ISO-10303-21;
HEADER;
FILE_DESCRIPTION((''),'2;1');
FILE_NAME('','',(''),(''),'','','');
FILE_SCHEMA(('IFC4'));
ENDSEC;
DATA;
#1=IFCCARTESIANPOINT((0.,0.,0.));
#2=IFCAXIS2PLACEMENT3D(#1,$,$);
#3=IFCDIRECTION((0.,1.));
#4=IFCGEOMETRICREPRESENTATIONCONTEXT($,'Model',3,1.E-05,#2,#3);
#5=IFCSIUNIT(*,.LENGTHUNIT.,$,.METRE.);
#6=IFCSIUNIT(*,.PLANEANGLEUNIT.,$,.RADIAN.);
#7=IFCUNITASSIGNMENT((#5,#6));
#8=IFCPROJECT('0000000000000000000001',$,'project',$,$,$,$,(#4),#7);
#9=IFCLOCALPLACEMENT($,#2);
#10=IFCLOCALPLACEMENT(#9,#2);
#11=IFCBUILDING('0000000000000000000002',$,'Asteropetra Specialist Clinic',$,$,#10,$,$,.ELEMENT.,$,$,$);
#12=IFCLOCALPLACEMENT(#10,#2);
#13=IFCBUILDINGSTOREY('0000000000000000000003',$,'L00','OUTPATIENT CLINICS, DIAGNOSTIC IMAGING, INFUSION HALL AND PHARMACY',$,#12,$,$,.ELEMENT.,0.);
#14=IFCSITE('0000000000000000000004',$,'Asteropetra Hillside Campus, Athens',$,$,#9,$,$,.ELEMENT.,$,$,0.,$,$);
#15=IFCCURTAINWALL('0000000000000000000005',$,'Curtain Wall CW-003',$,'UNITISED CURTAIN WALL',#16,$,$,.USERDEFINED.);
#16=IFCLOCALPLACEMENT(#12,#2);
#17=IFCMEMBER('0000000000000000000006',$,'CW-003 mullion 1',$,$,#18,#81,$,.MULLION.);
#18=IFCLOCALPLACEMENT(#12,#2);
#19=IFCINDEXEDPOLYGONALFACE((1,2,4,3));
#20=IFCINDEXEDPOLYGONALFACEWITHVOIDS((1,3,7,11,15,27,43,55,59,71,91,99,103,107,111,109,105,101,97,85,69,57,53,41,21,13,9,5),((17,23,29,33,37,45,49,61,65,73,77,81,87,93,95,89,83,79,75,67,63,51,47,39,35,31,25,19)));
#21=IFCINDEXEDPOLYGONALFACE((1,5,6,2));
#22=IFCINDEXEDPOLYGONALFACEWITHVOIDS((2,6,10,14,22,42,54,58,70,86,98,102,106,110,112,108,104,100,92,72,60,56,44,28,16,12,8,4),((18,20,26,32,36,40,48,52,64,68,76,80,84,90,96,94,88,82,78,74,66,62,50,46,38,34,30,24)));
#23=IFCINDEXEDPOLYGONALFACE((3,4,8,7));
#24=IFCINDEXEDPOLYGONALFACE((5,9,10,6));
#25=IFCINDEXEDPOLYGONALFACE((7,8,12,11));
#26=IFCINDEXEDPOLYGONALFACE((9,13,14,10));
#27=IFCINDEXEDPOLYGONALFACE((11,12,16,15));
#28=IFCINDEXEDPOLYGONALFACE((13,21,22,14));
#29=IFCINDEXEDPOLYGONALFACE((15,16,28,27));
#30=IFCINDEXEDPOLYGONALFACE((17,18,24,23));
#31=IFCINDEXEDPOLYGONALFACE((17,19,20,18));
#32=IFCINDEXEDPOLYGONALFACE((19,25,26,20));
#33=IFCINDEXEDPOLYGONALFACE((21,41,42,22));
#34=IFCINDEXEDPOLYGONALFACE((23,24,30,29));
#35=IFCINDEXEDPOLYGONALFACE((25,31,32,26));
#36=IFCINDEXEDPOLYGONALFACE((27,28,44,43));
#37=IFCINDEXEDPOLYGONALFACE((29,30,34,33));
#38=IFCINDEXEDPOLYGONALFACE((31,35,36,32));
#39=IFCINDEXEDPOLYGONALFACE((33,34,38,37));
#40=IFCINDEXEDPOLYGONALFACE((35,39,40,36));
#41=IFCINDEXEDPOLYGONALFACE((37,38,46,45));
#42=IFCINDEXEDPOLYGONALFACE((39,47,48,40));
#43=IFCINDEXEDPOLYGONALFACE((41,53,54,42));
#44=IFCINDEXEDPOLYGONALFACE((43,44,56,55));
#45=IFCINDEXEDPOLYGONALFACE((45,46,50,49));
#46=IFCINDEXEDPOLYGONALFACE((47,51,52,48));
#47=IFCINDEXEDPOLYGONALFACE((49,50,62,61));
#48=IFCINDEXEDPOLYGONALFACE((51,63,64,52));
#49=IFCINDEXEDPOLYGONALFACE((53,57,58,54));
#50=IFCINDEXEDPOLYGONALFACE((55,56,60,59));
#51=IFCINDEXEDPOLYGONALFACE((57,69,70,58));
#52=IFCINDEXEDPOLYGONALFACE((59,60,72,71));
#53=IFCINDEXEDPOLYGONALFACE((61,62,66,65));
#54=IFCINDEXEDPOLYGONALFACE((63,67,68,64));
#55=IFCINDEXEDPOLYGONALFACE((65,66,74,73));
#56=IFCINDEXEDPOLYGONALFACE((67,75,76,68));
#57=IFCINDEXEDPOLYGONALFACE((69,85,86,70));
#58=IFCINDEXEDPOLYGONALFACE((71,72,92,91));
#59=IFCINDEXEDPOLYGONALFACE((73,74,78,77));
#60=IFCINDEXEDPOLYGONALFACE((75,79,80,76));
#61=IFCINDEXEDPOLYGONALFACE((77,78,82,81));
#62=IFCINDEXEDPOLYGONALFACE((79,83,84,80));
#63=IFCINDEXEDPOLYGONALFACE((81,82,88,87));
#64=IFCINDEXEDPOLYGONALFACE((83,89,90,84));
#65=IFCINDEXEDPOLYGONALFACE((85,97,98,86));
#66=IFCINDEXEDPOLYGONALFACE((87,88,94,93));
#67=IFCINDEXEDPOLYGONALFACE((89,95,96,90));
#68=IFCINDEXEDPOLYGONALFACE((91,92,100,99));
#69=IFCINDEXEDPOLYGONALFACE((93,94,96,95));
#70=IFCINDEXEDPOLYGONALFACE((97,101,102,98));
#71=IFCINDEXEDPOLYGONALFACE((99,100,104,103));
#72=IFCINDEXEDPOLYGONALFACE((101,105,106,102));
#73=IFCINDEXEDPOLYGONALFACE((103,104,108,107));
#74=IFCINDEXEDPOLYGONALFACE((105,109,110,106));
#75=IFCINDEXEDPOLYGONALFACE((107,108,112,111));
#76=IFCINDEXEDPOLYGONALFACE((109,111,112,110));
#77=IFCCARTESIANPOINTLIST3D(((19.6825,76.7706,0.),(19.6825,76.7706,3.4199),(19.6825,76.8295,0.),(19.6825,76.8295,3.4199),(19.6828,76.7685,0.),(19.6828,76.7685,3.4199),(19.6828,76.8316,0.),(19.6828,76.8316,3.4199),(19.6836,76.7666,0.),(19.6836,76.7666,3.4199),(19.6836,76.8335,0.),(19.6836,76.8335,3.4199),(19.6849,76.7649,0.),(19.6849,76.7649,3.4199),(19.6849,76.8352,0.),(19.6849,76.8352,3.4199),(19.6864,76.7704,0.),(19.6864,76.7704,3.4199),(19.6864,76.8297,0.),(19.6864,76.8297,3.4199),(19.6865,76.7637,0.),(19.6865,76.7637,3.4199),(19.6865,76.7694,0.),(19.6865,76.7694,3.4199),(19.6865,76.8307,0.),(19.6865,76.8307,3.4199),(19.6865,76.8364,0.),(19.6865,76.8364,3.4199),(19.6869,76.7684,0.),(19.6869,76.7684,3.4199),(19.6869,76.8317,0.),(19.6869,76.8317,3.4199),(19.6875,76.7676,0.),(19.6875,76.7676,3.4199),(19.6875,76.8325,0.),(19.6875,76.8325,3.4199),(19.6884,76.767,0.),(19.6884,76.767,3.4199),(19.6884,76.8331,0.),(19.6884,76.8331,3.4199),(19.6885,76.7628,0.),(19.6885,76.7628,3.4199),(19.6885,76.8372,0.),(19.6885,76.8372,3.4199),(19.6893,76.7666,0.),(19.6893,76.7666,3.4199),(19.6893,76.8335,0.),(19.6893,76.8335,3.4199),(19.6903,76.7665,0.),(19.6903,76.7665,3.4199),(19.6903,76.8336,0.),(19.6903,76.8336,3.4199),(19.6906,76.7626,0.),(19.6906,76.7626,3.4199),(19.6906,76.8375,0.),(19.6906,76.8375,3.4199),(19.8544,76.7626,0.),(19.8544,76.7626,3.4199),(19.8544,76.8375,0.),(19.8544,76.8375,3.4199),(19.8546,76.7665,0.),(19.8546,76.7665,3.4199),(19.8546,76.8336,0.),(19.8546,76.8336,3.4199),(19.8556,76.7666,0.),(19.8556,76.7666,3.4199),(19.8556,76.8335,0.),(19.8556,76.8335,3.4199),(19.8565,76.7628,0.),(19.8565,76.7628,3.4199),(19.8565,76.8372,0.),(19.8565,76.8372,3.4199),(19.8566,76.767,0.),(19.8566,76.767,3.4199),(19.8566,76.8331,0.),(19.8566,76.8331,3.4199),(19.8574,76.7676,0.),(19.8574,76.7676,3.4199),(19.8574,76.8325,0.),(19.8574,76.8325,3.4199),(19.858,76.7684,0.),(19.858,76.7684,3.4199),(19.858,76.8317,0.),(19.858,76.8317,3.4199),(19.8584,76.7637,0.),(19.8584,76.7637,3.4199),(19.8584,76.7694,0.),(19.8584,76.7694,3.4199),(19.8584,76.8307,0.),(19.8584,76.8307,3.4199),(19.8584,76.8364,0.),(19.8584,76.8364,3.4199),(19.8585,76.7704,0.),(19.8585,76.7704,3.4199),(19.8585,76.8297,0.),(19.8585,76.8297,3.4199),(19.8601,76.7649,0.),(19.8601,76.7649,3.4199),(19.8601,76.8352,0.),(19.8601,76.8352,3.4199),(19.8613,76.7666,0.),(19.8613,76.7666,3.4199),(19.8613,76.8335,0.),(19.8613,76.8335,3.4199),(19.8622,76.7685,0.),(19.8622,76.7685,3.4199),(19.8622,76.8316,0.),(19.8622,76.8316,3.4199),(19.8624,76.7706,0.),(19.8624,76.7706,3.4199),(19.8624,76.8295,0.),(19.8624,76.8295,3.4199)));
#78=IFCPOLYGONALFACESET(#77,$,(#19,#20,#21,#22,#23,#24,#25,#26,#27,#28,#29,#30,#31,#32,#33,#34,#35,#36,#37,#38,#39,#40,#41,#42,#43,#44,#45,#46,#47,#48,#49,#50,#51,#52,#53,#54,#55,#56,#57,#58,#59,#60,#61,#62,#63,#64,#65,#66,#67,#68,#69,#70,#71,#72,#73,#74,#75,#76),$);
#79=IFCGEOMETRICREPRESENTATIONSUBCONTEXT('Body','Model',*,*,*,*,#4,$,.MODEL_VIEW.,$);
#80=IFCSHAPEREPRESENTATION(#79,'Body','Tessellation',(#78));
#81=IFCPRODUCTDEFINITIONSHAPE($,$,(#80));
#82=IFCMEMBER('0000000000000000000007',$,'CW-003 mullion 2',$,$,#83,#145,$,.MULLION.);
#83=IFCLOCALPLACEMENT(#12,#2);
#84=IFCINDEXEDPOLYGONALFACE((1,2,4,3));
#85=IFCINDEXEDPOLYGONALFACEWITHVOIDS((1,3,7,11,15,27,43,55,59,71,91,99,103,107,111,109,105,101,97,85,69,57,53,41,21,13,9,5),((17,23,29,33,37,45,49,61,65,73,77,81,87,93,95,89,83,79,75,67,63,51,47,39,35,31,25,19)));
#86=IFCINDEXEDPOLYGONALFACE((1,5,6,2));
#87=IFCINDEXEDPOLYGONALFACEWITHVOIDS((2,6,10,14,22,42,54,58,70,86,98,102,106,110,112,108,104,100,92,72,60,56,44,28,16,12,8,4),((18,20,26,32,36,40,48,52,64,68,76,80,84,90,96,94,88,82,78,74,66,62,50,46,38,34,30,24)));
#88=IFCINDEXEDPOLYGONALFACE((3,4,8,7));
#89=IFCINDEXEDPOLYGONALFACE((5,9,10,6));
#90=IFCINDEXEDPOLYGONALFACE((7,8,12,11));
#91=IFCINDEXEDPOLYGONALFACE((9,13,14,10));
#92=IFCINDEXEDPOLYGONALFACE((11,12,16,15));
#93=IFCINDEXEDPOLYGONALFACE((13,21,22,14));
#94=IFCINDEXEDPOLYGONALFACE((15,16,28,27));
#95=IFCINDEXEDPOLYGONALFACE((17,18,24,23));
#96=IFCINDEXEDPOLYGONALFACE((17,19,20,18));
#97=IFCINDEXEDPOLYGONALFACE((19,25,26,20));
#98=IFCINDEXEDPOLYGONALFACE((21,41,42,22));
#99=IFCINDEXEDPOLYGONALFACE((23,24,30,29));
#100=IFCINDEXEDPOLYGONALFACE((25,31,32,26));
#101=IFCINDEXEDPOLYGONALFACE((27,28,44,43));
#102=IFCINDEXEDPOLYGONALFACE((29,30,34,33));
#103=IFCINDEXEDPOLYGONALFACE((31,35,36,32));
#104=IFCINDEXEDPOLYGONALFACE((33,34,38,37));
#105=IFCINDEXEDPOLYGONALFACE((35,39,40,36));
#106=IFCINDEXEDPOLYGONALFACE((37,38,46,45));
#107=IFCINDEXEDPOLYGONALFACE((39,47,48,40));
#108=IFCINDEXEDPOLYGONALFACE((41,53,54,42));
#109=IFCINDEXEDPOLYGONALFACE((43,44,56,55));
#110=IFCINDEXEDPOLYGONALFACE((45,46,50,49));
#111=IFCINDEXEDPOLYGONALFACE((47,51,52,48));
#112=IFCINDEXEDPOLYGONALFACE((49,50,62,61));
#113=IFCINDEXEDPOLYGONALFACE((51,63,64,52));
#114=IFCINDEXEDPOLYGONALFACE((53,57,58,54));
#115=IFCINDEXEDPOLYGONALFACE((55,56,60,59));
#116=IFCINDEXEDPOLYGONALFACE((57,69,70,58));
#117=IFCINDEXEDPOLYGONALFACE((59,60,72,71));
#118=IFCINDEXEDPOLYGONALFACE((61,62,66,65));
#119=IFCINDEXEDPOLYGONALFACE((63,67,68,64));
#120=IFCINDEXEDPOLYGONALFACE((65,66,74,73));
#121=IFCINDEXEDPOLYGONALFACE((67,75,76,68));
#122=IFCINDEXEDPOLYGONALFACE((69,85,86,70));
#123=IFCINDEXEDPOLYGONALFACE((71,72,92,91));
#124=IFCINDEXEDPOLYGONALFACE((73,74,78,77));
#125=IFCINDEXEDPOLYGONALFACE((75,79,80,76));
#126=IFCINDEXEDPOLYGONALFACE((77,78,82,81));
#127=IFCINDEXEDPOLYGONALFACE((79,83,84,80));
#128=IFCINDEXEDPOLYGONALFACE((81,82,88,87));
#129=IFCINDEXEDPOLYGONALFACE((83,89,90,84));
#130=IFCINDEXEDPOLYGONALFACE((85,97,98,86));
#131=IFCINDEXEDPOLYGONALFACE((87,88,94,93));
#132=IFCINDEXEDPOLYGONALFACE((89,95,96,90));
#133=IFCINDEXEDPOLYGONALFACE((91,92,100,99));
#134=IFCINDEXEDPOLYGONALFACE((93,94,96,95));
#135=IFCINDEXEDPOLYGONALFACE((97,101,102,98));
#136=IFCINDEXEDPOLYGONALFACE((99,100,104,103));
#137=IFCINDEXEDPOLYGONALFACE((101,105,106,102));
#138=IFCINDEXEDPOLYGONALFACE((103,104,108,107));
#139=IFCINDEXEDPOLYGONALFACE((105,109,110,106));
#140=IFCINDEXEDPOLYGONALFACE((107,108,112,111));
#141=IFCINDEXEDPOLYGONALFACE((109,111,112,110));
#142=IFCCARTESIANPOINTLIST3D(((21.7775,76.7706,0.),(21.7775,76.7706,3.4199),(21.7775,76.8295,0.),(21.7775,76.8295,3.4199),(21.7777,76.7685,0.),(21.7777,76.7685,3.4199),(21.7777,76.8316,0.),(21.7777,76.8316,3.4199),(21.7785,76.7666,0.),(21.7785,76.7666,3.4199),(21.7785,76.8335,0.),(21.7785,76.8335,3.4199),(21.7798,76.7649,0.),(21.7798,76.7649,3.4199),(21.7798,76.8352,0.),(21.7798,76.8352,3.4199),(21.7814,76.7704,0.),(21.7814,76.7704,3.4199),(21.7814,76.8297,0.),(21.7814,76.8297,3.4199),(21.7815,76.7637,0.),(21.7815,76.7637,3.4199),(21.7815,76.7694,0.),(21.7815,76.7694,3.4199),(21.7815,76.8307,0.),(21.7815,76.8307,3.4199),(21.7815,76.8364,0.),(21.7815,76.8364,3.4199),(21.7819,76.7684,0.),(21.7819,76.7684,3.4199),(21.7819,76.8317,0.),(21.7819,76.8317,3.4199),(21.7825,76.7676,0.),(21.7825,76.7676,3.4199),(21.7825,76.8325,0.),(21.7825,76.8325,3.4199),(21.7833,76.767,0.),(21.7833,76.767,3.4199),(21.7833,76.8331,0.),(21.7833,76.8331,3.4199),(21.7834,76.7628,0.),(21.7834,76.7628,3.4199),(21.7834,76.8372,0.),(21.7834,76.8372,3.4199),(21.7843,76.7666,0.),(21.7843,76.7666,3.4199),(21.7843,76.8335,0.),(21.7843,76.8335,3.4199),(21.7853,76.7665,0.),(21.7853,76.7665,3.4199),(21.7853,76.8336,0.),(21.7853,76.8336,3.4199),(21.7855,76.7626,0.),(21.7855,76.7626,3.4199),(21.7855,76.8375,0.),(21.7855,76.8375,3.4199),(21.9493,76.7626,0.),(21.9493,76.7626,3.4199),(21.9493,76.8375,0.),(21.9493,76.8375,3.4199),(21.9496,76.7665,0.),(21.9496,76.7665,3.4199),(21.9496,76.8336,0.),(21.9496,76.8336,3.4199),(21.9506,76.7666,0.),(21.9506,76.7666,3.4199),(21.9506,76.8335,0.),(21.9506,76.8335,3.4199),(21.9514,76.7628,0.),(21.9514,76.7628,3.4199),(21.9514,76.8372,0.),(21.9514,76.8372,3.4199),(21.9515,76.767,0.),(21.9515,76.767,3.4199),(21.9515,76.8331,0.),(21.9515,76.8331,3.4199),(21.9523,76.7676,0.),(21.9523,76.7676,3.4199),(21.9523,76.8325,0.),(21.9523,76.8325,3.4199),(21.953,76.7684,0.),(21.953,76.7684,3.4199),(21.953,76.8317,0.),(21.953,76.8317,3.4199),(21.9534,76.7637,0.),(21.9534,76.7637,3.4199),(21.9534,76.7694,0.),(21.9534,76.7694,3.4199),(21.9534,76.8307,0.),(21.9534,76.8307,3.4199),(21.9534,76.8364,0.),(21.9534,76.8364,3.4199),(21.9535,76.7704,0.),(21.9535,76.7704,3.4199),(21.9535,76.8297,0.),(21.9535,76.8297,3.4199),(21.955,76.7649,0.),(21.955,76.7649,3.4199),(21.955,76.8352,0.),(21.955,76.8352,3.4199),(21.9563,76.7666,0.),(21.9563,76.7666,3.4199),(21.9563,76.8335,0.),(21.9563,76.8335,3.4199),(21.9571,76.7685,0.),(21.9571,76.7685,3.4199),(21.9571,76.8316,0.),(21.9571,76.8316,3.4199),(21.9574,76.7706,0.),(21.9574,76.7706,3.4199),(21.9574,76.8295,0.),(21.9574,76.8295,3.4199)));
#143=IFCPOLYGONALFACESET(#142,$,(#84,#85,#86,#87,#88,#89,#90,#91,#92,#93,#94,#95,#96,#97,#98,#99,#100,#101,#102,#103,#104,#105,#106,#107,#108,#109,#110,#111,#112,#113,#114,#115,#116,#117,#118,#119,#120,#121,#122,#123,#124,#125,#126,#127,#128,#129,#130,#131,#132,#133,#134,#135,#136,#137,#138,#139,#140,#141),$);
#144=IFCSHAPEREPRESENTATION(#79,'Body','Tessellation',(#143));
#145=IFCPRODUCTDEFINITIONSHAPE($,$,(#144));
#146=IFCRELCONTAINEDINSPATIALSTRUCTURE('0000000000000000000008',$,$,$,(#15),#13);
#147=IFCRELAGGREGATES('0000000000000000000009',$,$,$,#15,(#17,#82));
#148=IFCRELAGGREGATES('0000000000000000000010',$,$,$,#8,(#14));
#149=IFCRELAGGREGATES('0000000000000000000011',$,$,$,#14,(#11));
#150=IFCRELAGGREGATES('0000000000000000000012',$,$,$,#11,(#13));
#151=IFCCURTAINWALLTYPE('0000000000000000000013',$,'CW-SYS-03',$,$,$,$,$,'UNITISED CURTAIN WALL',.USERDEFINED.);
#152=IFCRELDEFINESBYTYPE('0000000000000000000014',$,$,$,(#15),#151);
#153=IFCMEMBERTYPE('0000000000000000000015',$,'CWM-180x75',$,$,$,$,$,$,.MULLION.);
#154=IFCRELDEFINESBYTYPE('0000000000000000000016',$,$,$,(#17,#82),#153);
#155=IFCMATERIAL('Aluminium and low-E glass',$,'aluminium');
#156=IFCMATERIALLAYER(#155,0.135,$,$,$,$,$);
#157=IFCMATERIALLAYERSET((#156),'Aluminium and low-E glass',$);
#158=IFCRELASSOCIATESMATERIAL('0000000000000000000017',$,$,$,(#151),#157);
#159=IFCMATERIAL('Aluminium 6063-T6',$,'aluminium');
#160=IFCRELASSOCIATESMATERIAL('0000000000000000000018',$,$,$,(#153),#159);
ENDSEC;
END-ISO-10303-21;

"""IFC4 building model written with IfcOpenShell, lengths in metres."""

from ifc_helpers import new_model, si_unit, direction, frame, origin, origin_2d, place, context, subcontext, project, spatial, hollow_rectangle, extrude, material, layer, layer_set, material_profile, profile_set, type_object, element, aggregate, save


model = new_model("IFC4")

# Units and contexts
model_context = context("Model", 3, precision=1e-05, world=origin(), true_north=direction((0.0, 1.0)))
body_context = subcontext(model_context, "Body", "Model", "MODEL_VIEW")
ifc_project = project(units=[si_unit("LENGTHUNIT", "METRE"), si_unit("PLANEANGLEUNIT", "RADIAN")], contexts=[model_context])

# Site, building, storey
site_placement = place(None, origin())
site = spatial("IfcSite", under=ifc_project, at=site_placement, Name="Asteropetra Hillside Campus, Athens", CompositionType="ELEMENT", RefElevation=0.0)
building_placement = place(site_placement, origin())
building = spatial("IfcBuilding", under=site, at=building_placement, Name="Asteropetra Specialist Clinic", CompositionType="ELEMENT")
storey_placement = place(building_placement, origin())
storey = spatial("IfcBuildingStorey", under=building, at=storey_placement, Name="L00", Description="OUTPATIENT CLINICS, DIAGNOSTIC IMAGING, INFUSION HALL AND PHARMACY", CompositionType="ELEMENT", Elevation=0.0)

# Curtain wall, members
ifc_material_1 = material(Name="Aluminium and low-E glass", Category="aluminium")
ifc_layer_1 = layer(ifc_material_1, 0.135)
ifc_layer_set_1 = layer_set([ifc_layer_1], Name="Aluminium and low-E glass")
curtain_wall_type = type_object("IfcCurtainWallType", Name="CW-SYS-03", ElementType="UNITISED CURTAIN WALL", PredefinedType="USERDEFINED", material=ifc_layer_set_1)
curtain_wall_placement = place(storey_placement, origin())
curtain_wall = element("IfcCurtainWall", 1, at=curtain_wall_placement, inside=storey, type_object=curtain_wall_type, Name="Curtain Wall CW-003", ObjectType="UNITISED CURTAIN WALL", PredefinedType="USERDEFINED")
ifc_material_2 = material(Name="Aluminium 6063-T6", Category="aluminium")
ifc_material_profile_1 = material_profile(ifc_material_2, hollow_rectangle(XDim=0.075, YDim=0.1799, WallThickness=0.0039, InnerFilletRadius=0.0039, OuterFilletRadius=0.0081, at=origin_2d()), Name="MUL 180x75x4.0")
ifc_profile_set_1 = profile_set([ifc_material_profile_1], Name="Aluminium 6063-T6")
member_type_1 = type_object("IfcMemberType", Name="CWM-180x75", PredefinedType="MULLION", material=ifc_profile_set_1)
member_1_placement = place(storey_placement, frame((19.7725, 76.8, 0.0), z_axis=(0.0, 0.0, 1.0), x_axis=(0.0, 1.0, 0.0)))
member_1 = element("IfcMember", 2, at=member_1_placement, type_object=member_type_1, Name="CW-003 mullion 1", PredefinedType="MULLION", context=body_context, shape_type="SweptSolid", body=[
    extrude(hollow_rectangle(XDim=0.075, YDim=0.1799, WallThickness=0.0039, InnerFilletRadius=0.0039, OuterFilletRadius=0.0081, at=origin_2d()), origin(), (0.0, 0.0, 1.0), 3.4199),
])
member_2_placement = place(storey_placement, frame((21.8674, 76.8, 0.0), z_axis=(0.0, 0.0, 1.0), x_axis=(0.0, 1.0, 0.0)))
member_2 = element("IfcMember", 3, at=member_2_placement, type_object=member_type_1, Name="CW-003 mullion 2", PredefinedType="MULLION", context=body_context, shape_type="SweptSolid", body=[
    extrude(hollow_rectangle(XDim=0.075, YDim=0.1799, WallThickness=0.0039, InnerFilletRadius=0.0039, OuterFilletRadius=0.0081, at=origin_2d()), origin(), (0.0, 0.0, 1.0), 3.4199),
])
aggregate(curtain_wall, [member_1, member_2])

save(model, "model.ifc")
